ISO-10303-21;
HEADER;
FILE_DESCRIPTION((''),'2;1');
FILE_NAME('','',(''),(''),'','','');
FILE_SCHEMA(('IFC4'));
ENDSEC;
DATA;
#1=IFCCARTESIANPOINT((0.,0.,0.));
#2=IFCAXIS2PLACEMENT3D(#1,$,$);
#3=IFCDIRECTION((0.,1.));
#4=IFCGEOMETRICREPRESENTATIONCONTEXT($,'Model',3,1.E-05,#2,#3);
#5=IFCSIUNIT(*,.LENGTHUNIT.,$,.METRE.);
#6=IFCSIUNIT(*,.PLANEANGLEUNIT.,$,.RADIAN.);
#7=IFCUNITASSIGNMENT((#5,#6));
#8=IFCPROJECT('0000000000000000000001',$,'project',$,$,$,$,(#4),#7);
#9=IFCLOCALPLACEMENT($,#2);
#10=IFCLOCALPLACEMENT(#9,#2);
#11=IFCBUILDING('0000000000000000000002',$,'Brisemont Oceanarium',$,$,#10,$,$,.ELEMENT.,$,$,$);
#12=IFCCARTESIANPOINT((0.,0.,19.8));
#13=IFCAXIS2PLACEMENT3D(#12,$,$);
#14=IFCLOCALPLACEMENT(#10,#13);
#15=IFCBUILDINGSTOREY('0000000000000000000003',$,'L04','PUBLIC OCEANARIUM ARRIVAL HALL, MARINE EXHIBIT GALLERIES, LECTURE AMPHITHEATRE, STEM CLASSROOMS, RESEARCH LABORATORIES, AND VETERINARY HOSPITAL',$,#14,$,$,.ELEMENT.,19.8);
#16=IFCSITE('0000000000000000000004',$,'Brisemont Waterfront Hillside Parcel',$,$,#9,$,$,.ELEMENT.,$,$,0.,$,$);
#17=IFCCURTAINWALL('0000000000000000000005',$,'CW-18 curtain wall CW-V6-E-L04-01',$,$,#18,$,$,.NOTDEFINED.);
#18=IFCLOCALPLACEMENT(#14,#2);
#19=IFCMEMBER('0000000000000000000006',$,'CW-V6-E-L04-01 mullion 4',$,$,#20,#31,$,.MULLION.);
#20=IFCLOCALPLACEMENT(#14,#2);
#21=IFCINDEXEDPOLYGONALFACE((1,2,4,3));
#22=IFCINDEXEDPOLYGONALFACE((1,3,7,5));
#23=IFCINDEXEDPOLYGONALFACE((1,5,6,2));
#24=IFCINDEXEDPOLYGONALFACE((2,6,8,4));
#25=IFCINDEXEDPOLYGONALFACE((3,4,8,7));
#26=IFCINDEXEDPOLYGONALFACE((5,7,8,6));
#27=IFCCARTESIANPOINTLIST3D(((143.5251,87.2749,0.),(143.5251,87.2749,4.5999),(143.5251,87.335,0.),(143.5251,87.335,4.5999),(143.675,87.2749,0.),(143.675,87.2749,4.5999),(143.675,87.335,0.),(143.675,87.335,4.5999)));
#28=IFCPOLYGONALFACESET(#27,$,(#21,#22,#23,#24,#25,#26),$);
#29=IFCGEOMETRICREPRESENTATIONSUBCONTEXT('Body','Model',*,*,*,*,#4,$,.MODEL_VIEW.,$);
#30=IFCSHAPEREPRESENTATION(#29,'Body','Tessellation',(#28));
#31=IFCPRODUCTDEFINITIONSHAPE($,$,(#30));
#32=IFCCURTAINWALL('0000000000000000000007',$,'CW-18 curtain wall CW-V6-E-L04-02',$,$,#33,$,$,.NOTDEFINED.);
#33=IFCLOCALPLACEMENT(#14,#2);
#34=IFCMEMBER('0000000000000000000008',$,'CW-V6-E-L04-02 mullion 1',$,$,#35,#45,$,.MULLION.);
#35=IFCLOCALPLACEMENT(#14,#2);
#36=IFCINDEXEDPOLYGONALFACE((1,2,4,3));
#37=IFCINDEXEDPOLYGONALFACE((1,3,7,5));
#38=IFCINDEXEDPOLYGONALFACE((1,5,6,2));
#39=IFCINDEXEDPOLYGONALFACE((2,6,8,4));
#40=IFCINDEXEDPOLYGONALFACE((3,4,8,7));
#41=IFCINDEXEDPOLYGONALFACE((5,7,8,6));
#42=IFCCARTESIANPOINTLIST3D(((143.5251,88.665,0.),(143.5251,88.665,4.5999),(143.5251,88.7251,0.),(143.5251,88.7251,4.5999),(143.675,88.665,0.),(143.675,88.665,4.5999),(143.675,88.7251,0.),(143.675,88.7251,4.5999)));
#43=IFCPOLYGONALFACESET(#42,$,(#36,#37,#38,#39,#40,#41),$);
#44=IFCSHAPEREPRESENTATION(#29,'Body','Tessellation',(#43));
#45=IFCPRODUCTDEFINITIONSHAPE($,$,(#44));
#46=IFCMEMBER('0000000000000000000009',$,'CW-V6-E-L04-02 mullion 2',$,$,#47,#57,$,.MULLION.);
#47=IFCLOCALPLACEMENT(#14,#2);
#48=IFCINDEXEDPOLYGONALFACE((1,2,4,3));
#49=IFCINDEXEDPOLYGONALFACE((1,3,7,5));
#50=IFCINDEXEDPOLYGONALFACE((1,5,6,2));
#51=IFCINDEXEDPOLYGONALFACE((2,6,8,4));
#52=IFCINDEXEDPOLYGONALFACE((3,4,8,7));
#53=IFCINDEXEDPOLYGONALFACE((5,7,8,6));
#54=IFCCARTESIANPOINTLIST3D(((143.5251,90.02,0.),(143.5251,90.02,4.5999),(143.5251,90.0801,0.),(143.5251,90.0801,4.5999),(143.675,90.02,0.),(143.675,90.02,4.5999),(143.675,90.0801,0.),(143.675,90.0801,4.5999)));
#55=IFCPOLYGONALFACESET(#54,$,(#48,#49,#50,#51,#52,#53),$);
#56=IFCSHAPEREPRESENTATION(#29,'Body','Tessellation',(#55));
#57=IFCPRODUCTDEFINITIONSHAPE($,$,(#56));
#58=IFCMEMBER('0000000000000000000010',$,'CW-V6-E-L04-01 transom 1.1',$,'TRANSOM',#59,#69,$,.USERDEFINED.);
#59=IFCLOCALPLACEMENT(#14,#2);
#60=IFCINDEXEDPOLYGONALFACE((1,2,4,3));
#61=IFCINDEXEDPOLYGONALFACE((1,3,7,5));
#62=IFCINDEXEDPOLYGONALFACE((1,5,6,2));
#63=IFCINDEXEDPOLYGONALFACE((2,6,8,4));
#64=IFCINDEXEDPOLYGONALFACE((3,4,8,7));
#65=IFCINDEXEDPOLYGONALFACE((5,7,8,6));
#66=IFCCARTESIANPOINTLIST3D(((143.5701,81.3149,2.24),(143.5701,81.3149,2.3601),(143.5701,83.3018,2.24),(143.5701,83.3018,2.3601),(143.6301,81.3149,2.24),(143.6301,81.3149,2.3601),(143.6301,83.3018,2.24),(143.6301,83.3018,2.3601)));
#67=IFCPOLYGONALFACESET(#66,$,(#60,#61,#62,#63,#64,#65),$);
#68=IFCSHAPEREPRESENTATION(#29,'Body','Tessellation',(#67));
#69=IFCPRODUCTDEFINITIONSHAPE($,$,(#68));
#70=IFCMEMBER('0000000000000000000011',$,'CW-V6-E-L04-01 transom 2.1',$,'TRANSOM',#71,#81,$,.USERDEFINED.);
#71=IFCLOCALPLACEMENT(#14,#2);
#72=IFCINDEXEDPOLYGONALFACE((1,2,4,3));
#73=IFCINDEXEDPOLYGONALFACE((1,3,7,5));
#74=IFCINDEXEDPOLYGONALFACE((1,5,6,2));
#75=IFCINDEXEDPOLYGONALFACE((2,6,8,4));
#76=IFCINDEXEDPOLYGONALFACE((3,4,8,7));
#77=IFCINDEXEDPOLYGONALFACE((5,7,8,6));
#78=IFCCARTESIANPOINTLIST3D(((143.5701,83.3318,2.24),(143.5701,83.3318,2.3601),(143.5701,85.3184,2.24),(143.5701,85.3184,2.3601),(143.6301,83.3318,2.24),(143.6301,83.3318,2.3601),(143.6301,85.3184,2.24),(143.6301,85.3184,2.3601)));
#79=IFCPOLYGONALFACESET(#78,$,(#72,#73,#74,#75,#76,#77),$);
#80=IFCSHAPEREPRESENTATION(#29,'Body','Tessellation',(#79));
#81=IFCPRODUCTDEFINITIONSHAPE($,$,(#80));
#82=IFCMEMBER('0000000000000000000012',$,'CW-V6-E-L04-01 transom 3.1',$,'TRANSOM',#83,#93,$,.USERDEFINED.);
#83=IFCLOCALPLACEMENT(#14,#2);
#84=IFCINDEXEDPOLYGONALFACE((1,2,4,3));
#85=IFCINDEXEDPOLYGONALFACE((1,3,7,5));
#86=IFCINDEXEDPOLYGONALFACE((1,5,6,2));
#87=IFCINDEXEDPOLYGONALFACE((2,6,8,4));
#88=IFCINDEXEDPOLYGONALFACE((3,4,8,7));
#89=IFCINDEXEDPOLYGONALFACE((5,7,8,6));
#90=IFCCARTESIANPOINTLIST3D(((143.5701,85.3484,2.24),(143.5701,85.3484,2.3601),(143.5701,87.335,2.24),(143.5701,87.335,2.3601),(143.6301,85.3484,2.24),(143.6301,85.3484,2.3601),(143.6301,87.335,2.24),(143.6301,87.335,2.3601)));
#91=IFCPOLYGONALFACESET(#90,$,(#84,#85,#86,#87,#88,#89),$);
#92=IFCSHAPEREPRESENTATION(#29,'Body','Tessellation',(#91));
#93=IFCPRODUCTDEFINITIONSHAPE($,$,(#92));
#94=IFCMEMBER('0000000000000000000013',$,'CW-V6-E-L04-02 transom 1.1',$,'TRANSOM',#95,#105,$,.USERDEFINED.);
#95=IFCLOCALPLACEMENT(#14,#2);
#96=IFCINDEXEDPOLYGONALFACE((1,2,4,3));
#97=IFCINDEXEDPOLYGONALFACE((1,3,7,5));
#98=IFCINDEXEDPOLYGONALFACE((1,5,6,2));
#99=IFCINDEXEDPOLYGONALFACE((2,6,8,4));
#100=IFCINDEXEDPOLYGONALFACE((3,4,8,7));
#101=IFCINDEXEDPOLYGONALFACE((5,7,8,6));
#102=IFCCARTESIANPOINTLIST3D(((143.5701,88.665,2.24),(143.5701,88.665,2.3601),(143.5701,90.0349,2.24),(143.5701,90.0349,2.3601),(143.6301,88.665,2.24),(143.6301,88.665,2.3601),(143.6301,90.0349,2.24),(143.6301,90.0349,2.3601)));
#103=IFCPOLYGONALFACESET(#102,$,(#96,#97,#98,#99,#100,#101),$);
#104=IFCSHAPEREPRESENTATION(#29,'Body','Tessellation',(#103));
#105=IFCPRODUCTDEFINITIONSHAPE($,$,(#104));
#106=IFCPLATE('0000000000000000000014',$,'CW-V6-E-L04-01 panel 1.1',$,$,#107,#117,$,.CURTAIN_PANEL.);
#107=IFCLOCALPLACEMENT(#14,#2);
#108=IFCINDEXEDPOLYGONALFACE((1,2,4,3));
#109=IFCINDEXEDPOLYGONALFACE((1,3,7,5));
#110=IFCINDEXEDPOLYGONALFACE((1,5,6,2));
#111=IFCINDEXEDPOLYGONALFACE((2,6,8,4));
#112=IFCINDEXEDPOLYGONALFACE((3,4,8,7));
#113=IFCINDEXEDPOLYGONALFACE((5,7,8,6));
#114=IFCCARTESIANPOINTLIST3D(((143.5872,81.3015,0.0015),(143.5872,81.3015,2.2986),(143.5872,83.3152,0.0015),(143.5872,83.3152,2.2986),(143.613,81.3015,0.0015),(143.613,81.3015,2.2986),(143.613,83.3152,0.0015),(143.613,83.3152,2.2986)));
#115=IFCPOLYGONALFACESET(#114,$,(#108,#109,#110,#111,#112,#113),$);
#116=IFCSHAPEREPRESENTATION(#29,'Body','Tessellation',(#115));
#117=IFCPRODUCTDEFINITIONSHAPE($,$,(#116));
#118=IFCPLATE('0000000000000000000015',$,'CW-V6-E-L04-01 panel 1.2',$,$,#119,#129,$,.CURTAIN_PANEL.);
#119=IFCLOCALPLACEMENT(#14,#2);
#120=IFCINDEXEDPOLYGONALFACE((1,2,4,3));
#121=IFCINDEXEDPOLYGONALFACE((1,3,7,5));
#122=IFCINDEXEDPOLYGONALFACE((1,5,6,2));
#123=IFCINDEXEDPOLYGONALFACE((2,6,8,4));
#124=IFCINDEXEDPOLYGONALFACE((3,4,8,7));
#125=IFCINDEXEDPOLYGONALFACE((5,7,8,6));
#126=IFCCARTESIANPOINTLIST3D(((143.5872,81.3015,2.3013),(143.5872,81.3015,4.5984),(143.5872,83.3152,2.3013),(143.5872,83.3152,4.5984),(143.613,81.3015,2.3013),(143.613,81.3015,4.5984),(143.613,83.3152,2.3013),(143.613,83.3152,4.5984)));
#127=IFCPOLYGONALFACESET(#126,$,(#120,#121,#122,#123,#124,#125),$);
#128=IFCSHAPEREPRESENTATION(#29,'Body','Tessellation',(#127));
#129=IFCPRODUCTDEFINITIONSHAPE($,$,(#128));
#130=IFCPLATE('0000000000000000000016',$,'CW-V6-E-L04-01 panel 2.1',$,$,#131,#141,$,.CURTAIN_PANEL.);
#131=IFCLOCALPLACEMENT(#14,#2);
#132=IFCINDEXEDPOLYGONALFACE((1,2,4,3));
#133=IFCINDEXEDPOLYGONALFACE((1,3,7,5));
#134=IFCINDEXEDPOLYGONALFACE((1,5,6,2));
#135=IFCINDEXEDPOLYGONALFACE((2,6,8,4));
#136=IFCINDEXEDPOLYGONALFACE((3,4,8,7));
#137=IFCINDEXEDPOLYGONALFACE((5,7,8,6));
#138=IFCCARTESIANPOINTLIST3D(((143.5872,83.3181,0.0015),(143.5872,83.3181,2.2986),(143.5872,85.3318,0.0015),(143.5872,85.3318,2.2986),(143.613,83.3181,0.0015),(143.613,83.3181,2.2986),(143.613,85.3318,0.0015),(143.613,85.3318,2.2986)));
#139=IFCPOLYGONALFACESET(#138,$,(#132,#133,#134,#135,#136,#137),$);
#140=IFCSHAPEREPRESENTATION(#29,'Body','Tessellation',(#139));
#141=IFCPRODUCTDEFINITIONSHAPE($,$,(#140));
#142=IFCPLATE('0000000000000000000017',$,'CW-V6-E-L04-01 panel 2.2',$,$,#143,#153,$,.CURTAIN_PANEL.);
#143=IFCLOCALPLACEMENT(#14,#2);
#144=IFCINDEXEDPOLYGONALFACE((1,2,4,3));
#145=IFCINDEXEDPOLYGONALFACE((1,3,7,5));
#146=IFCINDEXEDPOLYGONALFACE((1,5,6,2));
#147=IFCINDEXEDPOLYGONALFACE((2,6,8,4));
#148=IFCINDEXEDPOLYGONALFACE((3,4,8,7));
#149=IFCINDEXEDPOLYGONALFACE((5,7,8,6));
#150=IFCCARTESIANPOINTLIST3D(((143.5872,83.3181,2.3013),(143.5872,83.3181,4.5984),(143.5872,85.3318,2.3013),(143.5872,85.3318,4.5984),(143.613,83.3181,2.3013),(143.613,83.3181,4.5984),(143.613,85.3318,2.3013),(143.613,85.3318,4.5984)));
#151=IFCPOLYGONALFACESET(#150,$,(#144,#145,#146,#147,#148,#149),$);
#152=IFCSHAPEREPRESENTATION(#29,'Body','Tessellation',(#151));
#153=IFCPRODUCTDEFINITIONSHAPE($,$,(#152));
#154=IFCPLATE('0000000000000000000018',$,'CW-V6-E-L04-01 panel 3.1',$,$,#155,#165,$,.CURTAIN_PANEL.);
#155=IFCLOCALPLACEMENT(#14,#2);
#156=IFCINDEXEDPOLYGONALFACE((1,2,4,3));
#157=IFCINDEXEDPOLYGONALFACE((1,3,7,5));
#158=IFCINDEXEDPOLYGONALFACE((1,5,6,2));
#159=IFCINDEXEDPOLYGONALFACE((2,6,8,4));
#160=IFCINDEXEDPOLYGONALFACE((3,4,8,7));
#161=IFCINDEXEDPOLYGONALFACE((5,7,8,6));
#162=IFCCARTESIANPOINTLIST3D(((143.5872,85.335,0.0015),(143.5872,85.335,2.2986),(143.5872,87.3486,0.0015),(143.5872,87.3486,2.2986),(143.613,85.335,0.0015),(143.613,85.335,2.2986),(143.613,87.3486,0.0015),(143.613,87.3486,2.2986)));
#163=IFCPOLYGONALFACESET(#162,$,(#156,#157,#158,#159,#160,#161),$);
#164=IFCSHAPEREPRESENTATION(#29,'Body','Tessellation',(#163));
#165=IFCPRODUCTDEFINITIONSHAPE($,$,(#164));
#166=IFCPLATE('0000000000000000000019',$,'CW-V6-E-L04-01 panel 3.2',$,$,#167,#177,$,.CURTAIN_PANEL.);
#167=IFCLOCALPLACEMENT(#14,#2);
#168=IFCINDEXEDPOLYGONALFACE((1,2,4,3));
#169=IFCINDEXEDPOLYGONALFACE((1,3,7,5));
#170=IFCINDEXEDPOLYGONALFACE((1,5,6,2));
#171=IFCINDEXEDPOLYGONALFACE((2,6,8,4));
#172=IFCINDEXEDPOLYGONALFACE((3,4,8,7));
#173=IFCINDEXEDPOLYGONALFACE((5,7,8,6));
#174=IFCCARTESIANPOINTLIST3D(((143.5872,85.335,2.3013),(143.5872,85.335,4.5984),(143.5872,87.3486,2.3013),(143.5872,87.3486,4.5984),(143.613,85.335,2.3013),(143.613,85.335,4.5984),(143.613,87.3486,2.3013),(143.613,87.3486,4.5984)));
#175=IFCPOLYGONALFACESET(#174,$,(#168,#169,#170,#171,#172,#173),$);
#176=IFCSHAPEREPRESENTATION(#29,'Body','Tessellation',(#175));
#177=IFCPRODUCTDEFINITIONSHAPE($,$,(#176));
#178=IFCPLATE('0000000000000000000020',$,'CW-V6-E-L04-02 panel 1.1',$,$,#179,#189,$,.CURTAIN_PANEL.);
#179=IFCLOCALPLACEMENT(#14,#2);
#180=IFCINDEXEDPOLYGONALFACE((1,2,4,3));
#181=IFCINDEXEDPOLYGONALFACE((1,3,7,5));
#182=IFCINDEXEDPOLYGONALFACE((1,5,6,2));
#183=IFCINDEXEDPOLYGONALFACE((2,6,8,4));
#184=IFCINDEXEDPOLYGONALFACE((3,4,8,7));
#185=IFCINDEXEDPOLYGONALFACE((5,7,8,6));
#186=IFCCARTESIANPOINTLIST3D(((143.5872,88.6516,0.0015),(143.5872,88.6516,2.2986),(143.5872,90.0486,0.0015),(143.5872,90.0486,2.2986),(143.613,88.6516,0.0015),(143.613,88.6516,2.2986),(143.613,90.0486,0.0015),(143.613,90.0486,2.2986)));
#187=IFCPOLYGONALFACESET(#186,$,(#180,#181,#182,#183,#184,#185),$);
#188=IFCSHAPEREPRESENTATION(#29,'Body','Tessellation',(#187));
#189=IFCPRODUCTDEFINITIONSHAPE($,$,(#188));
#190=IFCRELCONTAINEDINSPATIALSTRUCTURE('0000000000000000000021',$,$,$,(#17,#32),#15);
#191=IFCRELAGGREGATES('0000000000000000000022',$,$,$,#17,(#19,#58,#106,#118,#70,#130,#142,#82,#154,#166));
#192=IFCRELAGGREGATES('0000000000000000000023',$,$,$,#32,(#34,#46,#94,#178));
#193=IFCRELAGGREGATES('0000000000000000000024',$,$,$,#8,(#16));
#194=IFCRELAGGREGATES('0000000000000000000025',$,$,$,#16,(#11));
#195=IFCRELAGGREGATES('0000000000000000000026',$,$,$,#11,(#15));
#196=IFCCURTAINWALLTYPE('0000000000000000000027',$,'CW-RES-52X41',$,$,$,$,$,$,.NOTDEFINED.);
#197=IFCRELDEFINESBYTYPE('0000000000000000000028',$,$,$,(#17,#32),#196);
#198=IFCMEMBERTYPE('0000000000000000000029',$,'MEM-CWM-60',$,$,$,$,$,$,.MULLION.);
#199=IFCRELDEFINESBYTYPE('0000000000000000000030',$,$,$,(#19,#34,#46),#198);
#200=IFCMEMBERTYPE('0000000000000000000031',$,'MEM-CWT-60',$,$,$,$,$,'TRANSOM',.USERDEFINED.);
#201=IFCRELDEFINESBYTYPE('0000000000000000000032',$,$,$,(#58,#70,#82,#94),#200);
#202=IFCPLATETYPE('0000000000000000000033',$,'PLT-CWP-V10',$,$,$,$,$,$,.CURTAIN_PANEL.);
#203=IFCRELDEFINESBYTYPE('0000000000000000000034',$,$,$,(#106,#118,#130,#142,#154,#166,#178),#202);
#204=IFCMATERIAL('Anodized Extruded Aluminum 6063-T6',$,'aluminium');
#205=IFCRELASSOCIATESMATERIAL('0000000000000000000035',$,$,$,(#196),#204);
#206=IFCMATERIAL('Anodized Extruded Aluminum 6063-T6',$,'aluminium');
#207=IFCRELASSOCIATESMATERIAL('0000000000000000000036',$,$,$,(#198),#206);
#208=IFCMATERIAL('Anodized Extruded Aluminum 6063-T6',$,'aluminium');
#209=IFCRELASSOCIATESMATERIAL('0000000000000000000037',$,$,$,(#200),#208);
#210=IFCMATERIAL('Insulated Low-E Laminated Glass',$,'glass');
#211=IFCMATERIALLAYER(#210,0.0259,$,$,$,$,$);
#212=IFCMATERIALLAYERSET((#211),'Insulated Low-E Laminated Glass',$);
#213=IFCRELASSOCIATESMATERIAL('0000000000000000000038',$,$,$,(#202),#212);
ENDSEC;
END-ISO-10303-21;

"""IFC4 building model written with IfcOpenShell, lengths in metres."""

from ifc_helpers import new_model, si_unit, direction, frame, origin, origin_2d, place, context, subcontext, project, spatial, rectangle, extrude, material, layer, layer_set, material_profile, profile_set, type_object, element, aggregate, save


model = new_model("IFC4")

# Units and contexts
model_context = context("Model", 3, precision=1e-05, world=origin(), true_north=direction((0.0, 1.0)))
body_context = subcontext(model_context, "Body", "Model", "MODEL_VIEW")
ifc_project = project(units=[si_unit("LENGTHUNIT", "METRE"), si_unit("PLANEANGLEUNIT", "RADIAN")], contexts=[model_context])

# Site, building, storey
site_placement = place(None, origin())
site = spatial("IfcSite", under=ifc_project, at=site_placement, Name="Brisemont Waterfront Hillside Parcel", CompositionType="ELEMENT", RefElevation=0.0)
building_placement = place(site_placement, origin())
building = spatial("IfcBuilding", under=site, at=building_placement, Name="Brisemont Oceanarium", CompositionType="ELEMENT")
storey_placement = place(building_placement, frame((0.0, 0.0, 19.8)))
storey = spatial("IfcBuildingStorey", under=building, at=storey_placement, Name="L04", Description="PUBLIC OCEANARIUM ARRIVAL HALL, MARINE EXHIBIT GALLERIES, LECTURE AMPHITHEATRE, STEM CLASSROOMS, RESEARCH LABORATORIES, AND VETERINARY HOSPITAL", CompositionType="ELEMENT", Elevation=19.8)

# Curtain walls, members
ifc_material_1 = material(Name="Anodized Extruded Aluminum 6063-T6", Category="aluminium")
curtain_wall_type = type_object("IfcCurtainWallType", Name="CW-RES-52X41", PredefinedType="NOTDEFINED", material=ifc_material_1)
curtain_wall_1_placement = place(storey_placement, origin())
curtain_wall_1 = element("IfcCurtainWall", 1, at=curtain_wall_1_placement, inside=storey, type_object=curtain_wall_type, Name="CW-18 curtain wall CW-V6-E-L04-01", PredefinedType="NOTDEFINED")
ifc_material_2 = material(Name="Anodized Extruded Aluminum 6063-T6", Category="aluminium")
ifc_material_profile_1 = material_profile(ifc_material_2, rectangle(XDim=0.0601, YDim=0.1499, at=origin_2d()), Name="CWM-60X150")
ifc_profile_set_1 = profile_set([ifc_material_profile_1], Name="Anodized Extruded Aluminum 6063-T6")
member_type_1 = type_object("IfcMemberType", Name="MEM-CWM-60", PredefinedType="MULLION", material=ifc_profile_set_1)
member_1_placement = place(storey_placement, frame((143.6001, 87.3049, 0.0), z_axis=(0.0, 0.0, 1.0), x_axis=(0.0, 1.0, 0.0)))
member_1 = element("IfcMember", 2, at=member_1_placement, type_object=member_type_1, Name="CW-V6-E-L04-01 mullion 4", PredefinedType="MULLION", context=body_context, shape_type="SweptSolid", body=[
    extrude(rectangle(XDim=0.0601, YDim=0.1499, at=origin_2d()), origin(), (0.0, 0.0, 1.0), 4.5999),
])
curtain_wall_2_placement = place(storey_placement, origin())
curtain_wall_2 = element("IfcCurtainWall", 3, at=curtain_wall_2_placement, inside=storey, type_object=curtain_wall_type, Name="CW-18 curtain wall CW-V6-E-L04-02", PredefinedType="NOTDEFINED")
member_2_placement = place(storey_placement, frame((143.6001, 88.6951, 0.0), z_axis=(0.0, 0.0, 1.0), x_axis=(0.0, 1.0, 0.0)))
member_2 = element("IfcMember", 4, at=member_2_placement, type_object=member_type_1, Name="CW-V6-E-L04-02 mullion 1", PredefinedType="MULLION", context=body_context, shape_type="SweptSolid", body=[
    extrude(rectangle(XDim=0.0601, YDim=0.1499, at=origin_2d()), origin(), (0.0, 0.0, 1.0), 4.5999),
])
member_3_placement = place(storey_placement, frame((143.6001, 90.05, 0.0), z_axis=(0.0, 0.0, 1.0), x_axis=(0.0, 1.0, 0.0)))
member_3 = element("IfcMember", 5, at=member_3_placement, type_object=member_type_1, Name="CW-V6-E-L04-02 mullion 2", PredefinedType="MULLION", context=body_context, shape_type="SweptSolid", body=[
    extrude(rectangle(XDim=0.0601, YDim=0.1499, at=origin_2d()), origin(), (0.0, 0.0, 1.0), 4.5999),
])

# Members
ifc_material_3 = material(Name="Anodized Extruded Aluminum 6063-T6", Category="aluminium")
ifc_material_profile_2 = material_profile(ifc_material_3, rectangle(XDim=0.0601, YDim=0.1201, at=origin_2d()), Name="CWT-60X120")
ifc_profile_set_2 = profile_set([ifc_material_profile_2], Name="Anodized Extruded Aluminum 6063-T6")
member_type_2 = type_object("IfcMemberType", Name="MEM-CWT-60", ElementType="TRANSOM", PredefinedType="USERDEFINED", material=ifc_profile_set_2)
member_4_placement = place(storey_placement, frame((143.6001, 81.3149, 2.3), z_axis=(0.0, 1.0, 0.0), x_axis=(-1.0, 0.0, 0.0)))
member_4 = element("IfcMember", 6, at=member_4_placement, type_object=member_type_2, Name="CW-V6-E-L04-01 transom 1.1", ObjectType="TRANSOM", PredefinedType="USERDEFINED", context=body_context, shape_type="SweptSolid", body=[
    extrude(rectangle(XDim=0.0601, YDim=0.1201, at=origin_2d()), origin(), (0.0, 0.0, 1.0), 1.9868),
])
member_5_placement = place(storey_placement, frame((143.6001, 83.3318, 2.3), z_axis=(0.0, 1.0, 0.0), x_axis=(-1.0, 0.0, 0.0)))
member_5 = element("IfcMember", 7, at=member_5_placement, type_object=member_type_2, Name="CW-V6-E-L04-01 transom 2.1", ObjectType="TRANSOM", PredefinedType="USERDEFINED", context=body_context, shape_type="SweptSolid", body=[
    extrude(rectangle(XDim=0.0601, YDim=0.1201, at=origin_2d()), origin(), (0.0, 0.0, 1.0), 1.9866),
])
member_6_placement = place(storey_placement, frame((143.6001, 85.3484, 2.3), z_axis=(0.0, 1.0, 0.0), x_axis=(-1.0, 0.0, 0.0)))
member_6 = element("IfcMember", 8, at=member_6_placement, type_object=member_type_2, Name="CW-V6-E-L04-01 transom 3.1", ObjectType="TRANSOM", PredefinedType="USERDEFINED", context=body_context, shape_type="SweptSolid", body=[
    extrude(rectangle(XDim=0.0601, YDim=0.1201, at=origin_2d()), origin(), (0.0, 0.0, 1.0), 1.9866),
])
member_7_placement = place(storey_placement, frame((143.6001, 88.665, 2.3), z_axis=(0.0, 1.0, 0.0), x_axis=(-1.0, 0.0, 0.0)))
member_7 = element("IfcMember", 9, at=member_7_placement, type_object=member_type_2, Name="CW-V6-E-L04-02 transom 1.1", ObjectType="TRANSOM", PredefinedType="USERDEFINED", context=body_context, shape_type="SweptSolid", body=[
    extrude(rectangle(XDim=0.0601, YDim=0.1201, at=origin_2d()), origin(), (0.0, 0.0, 1.0), 1.3699),
])

# Plates
ifc_material_4 = material(Name="Insulated Low-E Laminated Glass", Category="glass")
ifc_layer = layer(ifc_material_4, 0.0259)
ifc_layer_set = layer_set([ifc_layer], Name="Insulated Low-E Laminated Glass")
plate_type = type_object("IfcPlateType", Name="PLT-CWP-V10", PredefinedType="CURTAIN_PANEL", material=ifc_layer_set)
plate_1_placement = place(storey_placement, frame((143.6001, 82.3083, 0.0015), z_axis=(0.0, 0.0, 1.0), x_axis=(0.0, 1.0, 0.0)))
plate_1 = element("IfcPlate", 10, at=plate_1_placement, type_object=plate_type, Name="CW-V6-E-L04-01 panel 1.1", PredefinedType="CURTAIN_PANEL", context=body_context, shape_type="SweptSolid", body=[
    extrude(rectangle(XDim=2.0137, YDim=0.0259, at=origin_2d()), origin(), (0.0, 0.0, 1.0), 2.2971),
])
plate_2_placement = place(storey_placement, frame((143.6001, 82.3083, 2.3013), z_axis=(0.0, 0.0, 1.0), x_axis=(0.0, 1.0, 0.0)))
plate_2 = element("IfcPlate", 11, at=plate_2_placement, type_object=plate_type, Name="CW-V6-E-L04-01 panel 1.2", PredefinedType="CURTAIN_PANEL", context=body_context, shape_type="SweptSolid", body=[
    extrude(rectangle(XDim=2.0137, YDim=0.0259, at=origin_2d()), origin(), (0.0, 0.0, 1.0), 2.2971),
])
plate_3_placement = place(storey_placement, frame((143.6001, 84.325, 0.0015), z_axis=(0.0, 0.0, 1.0), x_axis=(0.0, 1.0, 0.0)))
plate_3 = element("IfcPlate", 12, at=plate_3_placement, type_object=plate_type, Name="CW-V6-E-L04-01 panel 2.1", PredefinedType="CURTAIN_PANEL", context=body_context, shape_type="SweptSolid", body=[
    extrude(rectangle(XDim=2.0137, YDim=0.0259, at=origin_2d()), origin(), (0.0, 0.0, 1.0), 2.2971),
])
plate_4_placement = place(storey_placement, frame((143.6001, 84.325, 2.3013), z_axis=(0.0, 0.0, 1.0), x_axis=(0.0, 1.0, 0.0)))
plate_4 = element("IfcPlate", 13, at=plate_4_placement, type_object=plate_type, Name="CW-V6-E-L04-01 panel 2.2", PredefinedType="CURTAIN_PANEL", context=body_context, shape_type="SweptSolid", body=[
    extrude(rectangle(XDim=2.0137, YDim=0.0259, at=origin_2d()), origin(), (0.0, 0.0, 1.0), 2.2971),
])
plate_5_placement = place(storey_placement, frame((143.6001, 86.3418, 0.0015), z_axis=(0.0, 0.0, 1.0), x_axis=(0.0, 1.0, 0.0)))
plate_5 = element("IfcPlate", 14, at=plate_5_placement, type_object=plate_type, Name="CW-V6-E-L04-01 panel 3.1", PredefinedType="CURTAIN_PANEL", context=body_context, shape_type="SweptSolid", body=[
    extrude(rectangle(XDim=2.0137, YDim=0.0259, at=origin_2d()), origin(), (0.0, 0.0, 1.0), 2.2971),
])
plate_6_placement = place(storey_placement, frame((143.6001, 86.3418, 2.3013), z_axis=(0.0, 0.0, 1.0), x_axis=(0.0, 1.0, 0.0)))
plate_6 = element("IfcPlate", 15, at=plate_6_placement, type_object=plate_type, Name="CW-V6-E-L04-01 panel 3.2", PredefinedType="CURTAIN_PANEL", context=body_context, shape_type="SweptSolid", body=[
    extrude(rectangle(XDim=2.0137, YDim=0.0259, at=origin_2d()), origin(), (0.0, 0.0, 1.0), 2.2971),
])
aggregate(curtain_wall_1, [member_1, member_4, plate_1, plate_2, member_5, plate_3, plate_4, member_6, plate_5, plate_6])
plate_7_placement = place(storey_placement, frame((143.6001, 89.3501, 0.0015), z_axis=(0.0, 0.0, 1.0), x_axis=(0.0, 1.0, 0.0)))
plate_7 = element("IfcPlate", 16, at=plate_7_placement, type_object=plate_type, Name="CW-V6-E-L04-02 panel 1.1", PredefinedType="CURTAIN_PANEL", context=body_context, shape_type="SweptSolid", body=[
    extrude(rectangle(XDim=1.397, YDim=0.0259, at=origin_2d()), origin(), (0.0, 0.0, 1.0), 2.2971),
])
aggregate(curtain_wall_2, [member_2, member_3, member_7, plate_7])

save(model, "model.ifc")
